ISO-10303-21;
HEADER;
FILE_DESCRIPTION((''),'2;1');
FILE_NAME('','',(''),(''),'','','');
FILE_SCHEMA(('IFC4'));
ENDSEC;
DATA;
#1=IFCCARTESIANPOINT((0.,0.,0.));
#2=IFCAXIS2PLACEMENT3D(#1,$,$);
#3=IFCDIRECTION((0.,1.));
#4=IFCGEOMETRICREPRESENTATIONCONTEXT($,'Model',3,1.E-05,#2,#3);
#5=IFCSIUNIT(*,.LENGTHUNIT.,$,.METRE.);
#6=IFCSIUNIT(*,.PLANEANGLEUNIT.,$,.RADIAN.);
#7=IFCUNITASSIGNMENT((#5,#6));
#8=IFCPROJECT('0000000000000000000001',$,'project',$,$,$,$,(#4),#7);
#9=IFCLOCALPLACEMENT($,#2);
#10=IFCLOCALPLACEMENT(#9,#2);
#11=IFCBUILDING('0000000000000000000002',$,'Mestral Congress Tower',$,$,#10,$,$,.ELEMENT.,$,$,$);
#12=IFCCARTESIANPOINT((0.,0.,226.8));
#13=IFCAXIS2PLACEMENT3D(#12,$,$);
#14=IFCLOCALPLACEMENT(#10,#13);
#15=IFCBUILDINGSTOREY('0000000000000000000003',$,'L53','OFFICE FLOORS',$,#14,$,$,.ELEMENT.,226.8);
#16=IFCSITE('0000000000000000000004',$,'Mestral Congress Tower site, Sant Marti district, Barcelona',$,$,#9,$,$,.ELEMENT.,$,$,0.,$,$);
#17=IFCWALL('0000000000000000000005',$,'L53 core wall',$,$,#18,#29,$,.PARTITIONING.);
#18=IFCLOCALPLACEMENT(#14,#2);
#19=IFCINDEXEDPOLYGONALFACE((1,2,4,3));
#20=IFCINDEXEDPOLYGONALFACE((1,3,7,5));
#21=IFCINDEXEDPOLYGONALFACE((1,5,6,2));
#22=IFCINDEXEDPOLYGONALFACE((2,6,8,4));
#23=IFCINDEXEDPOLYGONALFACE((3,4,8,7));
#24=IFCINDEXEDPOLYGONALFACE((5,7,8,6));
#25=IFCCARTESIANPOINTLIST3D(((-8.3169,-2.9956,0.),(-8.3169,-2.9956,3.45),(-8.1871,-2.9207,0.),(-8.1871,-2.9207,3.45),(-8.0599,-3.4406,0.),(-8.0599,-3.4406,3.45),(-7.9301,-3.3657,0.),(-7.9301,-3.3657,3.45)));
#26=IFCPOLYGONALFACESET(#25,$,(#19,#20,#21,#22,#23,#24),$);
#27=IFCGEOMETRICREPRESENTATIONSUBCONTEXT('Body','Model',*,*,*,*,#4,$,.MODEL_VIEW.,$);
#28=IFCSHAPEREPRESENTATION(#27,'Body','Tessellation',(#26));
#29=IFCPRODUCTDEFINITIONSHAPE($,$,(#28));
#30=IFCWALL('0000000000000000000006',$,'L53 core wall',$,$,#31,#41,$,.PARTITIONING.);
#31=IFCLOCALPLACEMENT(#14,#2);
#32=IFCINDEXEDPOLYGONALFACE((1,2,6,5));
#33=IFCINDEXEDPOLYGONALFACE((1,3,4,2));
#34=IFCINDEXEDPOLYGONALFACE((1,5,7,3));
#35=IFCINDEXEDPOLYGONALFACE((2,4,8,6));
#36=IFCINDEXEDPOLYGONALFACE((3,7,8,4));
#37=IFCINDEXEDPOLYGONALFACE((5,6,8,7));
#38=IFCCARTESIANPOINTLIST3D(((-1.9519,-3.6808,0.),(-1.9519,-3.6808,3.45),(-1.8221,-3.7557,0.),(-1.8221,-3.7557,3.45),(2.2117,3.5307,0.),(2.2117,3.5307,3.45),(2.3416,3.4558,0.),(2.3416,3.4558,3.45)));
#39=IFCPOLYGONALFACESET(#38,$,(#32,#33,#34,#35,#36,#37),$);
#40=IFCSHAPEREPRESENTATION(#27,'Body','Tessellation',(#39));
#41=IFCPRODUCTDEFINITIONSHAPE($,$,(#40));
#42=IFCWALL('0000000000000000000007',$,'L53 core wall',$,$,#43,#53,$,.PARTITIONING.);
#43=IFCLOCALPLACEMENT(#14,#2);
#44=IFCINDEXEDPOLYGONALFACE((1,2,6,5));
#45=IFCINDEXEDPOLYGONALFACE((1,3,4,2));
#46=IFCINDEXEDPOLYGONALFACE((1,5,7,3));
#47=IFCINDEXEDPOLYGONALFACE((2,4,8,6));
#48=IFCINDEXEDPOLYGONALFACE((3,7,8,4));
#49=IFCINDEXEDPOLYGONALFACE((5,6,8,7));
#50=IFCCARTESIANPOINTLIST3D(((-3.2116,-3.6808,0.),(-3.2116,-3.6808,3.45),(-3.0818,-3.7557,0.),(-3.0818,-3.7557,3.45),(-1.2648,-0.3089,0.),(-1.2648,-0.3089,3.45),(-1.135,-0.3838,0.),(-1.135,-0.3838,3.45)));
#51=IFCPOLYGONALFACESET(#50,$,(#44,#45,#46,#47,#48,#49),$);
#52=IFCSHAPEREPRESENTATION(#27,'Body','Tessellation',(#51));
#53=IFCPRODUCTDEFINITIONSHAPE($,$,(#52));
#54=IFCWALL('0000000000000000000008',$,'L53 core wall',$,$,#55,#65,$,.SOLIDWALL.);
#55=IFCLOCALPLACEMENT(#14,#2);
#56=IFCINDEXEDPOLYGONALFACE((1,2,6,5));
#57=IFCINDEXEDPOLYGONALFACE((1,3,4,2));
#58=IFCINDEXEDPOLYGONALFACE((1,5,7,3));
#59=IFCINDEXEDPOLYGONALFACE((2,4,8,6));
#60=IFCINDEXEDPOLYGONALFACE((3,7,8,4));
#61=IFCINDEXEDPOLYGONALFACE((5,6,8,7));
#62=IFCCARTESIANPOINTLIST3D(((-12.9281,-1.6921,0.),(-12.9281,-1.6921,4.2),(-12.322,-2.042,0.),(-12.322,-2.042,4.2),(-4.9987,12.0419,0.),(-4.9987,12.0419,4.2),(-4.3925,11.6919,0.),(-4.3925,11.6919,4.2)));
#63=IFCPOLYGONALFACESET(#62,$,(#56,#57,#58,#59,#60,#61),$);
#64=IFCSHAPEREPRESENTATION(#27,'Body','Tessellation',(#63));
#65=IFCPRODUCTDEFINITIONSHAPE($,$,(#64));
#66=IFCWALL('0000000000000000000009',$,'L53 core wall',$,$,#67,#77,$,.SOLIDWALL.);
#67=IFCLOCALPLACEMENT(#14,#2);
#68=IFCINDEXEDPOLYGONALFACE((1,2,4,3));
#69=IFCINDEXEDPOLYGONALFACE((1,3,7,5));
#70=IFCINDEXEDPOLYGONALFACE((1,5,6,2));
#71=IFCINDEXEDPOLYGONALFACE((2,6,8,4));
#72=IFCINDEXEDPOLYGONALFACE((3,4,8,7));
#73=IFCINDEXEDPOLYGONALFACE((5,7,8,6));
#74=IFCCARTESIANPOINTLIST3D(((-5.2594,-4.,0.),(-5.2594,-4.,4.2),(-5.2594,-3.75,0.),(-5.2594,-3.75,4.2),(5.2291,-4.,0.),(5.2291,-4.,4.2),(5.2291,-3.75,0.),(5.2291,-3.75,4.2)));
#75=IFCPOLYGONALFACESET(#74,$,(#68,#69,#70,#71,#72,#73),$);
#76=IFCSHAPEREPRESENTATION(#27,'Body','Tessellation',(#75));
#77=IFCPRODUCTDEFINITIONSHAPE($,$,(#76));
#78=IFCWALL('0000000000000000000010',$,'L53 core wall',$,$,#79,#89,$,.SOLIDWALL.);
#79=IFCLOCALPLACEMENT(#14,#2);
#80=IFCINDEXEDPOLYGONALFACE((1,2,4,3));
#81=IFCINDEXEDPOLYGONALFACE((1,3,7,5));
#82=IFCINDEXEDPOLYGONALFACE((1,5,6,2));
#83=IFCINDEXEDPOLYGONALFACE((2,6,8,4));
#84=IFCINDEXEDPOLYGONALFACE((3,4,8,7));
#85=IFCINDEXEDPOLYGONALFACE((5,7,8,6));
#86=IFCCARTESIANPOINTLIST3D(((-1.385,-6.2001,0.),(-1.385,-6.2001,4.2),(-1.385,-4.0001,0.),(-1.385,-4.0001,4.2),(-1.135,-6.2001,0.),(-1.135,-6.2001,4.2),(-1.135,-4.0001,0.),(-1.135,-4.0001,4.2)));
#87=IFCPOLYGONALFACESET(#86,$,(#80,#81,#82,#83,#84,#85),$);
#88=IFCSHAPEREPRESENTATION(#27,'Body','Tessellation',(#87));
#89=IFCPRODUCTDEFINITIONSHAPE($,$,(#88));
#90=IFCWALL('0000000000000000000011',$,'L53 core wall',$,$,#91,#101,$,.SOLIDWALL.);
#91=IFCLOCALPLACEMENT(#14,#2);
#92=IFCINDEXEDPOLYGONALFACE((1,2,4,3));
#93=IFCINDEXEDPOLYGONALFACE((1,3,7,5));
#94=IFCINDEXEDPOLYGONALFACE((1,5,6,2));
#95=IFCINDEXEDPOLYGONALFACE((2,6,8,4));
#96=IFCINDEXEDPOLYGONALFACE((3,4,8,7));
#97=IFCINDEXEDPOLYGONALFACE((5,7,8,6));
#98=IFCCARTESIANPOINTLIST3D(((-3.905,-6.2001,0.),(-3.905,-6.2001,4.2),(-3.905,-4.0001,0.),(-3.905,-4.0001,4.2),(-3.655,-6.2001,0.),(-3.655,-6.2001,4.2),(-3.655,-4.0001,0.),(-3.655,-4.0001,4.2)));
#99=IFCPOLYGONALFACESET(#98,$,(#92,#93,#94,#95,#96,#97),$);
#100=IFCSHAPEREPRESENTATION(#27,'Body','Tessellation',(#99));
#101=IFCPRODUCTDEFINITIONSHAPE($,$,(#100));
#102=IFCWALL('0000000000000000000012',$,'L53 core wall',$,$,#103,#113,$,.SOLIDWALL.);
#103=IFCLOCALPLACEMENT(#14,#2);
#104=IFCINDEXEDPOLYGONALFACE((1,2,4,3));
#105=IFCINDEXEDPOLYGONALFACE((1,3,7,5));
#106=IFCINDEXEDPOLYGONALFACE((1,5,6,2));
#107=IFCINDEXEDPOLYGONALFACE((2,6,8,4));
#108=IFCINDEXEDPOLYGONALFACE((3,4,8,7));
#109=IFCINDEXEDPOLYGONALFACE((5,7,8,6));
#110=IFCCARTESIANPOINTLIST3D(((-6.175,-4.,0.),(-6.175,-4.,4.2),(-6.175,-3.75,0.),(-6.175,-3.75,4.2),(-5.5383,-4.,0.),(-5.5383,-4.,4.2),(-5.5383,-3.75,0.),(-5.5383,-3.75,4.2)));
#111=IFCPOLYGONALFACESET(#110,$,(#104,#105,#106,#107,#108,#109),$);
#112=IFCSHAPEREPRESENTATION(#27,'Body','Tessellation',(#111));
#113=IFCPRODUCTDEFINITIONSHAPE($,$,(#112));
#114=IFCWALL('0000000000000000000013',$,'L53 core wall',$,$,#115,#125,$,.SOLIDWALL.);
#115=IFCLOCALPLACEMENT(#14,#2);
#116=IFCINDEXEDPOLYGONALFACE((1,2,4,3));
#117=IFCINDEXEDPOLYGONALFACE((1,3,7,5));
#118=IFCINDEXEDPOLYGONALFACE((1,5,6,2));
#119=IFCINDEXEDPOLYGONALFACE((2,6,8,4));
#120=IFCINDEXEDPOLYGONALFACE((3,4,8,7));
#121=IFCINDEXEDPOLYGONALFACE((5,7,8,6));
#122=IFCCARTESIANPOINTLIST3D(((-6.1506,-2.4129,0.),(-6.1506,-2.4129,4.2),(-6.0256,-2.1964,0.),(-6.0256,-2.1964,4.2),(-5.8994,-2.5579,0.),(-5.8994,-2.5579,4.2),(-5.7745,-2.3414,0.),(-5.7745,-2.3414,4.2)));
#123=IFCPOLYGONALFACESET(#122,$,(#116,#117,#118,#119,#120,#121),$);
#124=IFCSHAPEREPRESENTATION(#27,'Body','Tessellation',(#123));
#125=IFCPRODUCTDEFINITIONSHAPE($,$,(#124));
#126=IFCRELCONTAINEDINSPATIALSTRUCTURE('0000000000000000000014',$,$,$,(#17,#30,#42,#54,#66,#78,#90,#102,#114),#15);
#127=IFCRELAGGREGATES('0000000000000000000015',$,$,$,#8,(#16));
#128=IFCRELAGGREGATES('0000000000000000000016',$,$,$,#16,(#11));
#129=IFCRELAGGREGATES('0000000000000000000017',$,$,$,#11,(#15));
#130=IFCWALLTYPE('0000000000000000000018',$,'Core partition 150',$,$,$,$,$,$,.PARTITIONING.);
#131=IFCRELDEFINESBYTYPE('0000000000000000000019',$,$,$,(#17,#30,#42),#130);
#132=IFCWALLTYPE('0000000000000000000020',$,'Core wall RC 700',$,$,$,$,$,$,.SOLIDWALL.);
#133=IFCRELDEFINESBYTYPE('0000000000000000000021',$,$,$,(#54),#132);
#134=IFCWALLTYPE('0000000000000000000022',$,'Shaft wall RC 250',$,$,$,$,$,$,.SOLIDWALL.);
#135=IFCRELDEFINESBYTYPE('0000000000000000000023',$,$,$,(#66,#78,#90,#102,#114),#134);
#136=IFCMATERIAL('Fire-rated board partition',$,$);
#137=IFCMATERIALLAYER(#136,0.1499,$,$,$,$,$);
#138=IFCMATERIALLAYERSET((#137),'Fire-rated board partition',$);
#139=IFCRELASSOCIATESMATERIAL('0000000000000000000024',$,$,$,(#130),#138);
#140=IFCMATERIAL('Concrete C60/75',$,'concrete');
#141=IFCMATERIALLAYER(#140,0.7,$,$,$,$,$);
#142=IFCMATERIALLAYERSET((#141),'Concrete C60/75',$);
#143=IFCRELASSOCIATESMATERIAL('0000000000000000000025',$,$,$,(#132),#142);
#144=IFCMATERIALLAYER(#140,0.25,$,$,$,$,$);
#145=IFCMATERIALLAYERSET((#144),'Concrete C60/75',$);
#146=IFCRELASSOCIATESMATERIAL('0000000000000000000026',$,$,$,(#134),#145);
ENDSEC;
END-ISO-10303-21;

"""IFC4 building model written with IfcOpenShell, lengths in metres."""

from ifc_helpers import new_model, si_unit, direction, frame, frame_2d, origin, place, context, subcontext, project, spatial, rectangle, extrude, material, layer, layer_set, type_object, element, save


model = new_model("IFC4")

# Units and contexts
model_context = context("Model", 3, precision=1e-05, world=origin(), true_north=direction((0.0, 1.0)))
body_context = subcontext(model_context, "Body", "Model", "MODEL_VIEW")
ifc_project = project(units=[si_unit("LENGTHUNIT", "METRE"), si_unit("PLANEANGLEUNIT", "RADIAN")], contexts=[model_context])

# Site, building, storey
site_placement = place(None, origin())
site = spatial("IfcSite", under=ifc_project, at=site_placement, Name="Mestral Congress Tower site, Sant Marti district, Barcelona", CompositionType="ELEMENT", RefElevation=0.0)
building_placement = place(site_placement, origin())
building = spatial("IfcBuilding", under=site, at=building_placement, Name="Mestral Congress Tower", CompositionType="ELEMENT")
storey_placement = place(building_placement, frame((0.0, 0.0, 226.8)))
storey = spatial("IfcBuildingStorey", under=building, at=storey_placement, Name="L53", Description="OFFICE FLOORS", CompositionType="ELEMENT", Elevation=226.8)

# Walls
ifc_material_1 = material(Name="Fire-rated board partition")
ifc_layer_1 = layer(ifc_material_1, 0.1499)
ifc_layer_set_1 = layer_set([ifc_layer_1], Name="Fire-rated board partition")
wall_type_1 = type_object("IfcWallType", Name="Core partition 150", PredefinedType="PARTITIONING", material=ifc_layer_set_1)
wall_1_placement = place(storey_placement, frame((-8.252, -2.9583, 0.0), z_axis=(0.0, 0.0, 1.0), x_axis=(0.500175, -0.865925, 0.0)))
element("IfcWall", 1, at=wall_1_placement, inside=storey, type_object=wall_type_1, Name="L53 core wall", PredefinedType="PARTITIONING", context=body_context, shape_type="SweptSolid", body=[
    extrude(rectangle(XDim=0.5139, YDim=0.1499, at=frame_2d((0.2568, 0.0))), origin(), (0.0, 0.0, 1.0), 3.45),
])
wall_2_placement = place(storey_placement, frame((-1.887, -3.7183, 0.0), z_axis=(0.0, 0.0, 1.0), x_axis=(0.500005, 0.866023, 0.0)))
element("IfcWall", 2, at=wall_2_placement, inside=storey, type_object=wall_type_1, Name="L53 core wall", PredefinedType="PARTITIONING", context=body_context, shape_type="SweptSolid", body=[
    extrude(rectangle(XDim=8.3271, YDim=0.1499, at=frame_2d((4.1636, 0.0))), origin(), (0.0, 0.0, 1.0), 3.45),
])
wall_3_placement = place(storey_placement, frame((-3.1467, -3.7183, 0.0), z_axis=(0.0, 0.0, 1.0), x_axis=(0.50001, 0.86602, 0.0)))
element("IfcWall", 3, at=wall_3_placement, inside=storey, type_object=wall_type_1, Name="L53 core wall", PredefinedType="PARTITIONING", context=body_context, shape_type="SweptSolid", body=[
    extrude(rectangle(XDim=3.8936, YDim=0.1499, at=frame_2d((1.9468, 0.0))), origin(), (0.0, 0.0, 1.0), 3.45),
])
ifc_material_2 = material(Name="Concrete C60/75", Category="concrete")
ifc_layer_2 = layer(ifc_material_2, 0.7)
ifc_layer_set_2 = layer_set([ifc_layer_2], Name="Concrete C60/75")
wall_type_2 = type_object("IfcWallType", Name="Core wall RC 700", PredefinedType="SOLIDWALL", material=ifc_layer_set_2)
wall_4_placement = place(storey_placement, frame((-12.625, -1.8669, 0.0), z_axis=(0.0, 0.0, 1.0), x_axis=(0.500009, 0.86602, 0.0)))
element("IfcWall", 4, at=wall_4_placement, inside=storey, type_object=wall_type_2, Name="L53 core wall", PredefinedType="SOLIDWALL", context=body_context, shape_type="SweptSolid", body=[
    extrude(rectangle(XDim=15.8586, YDim=0.7, at=frame_2d((7.9292, 0.0))), origin(), (0.0, 0.0, 1.0), 4.2),
])
ifc_layer_3 = layer(ifc_material_2, 0.25)
ifc_layer_set_3 = layer_set([ifc_layer_3], Name="Concrete C60/75")
wall_type_3 = type_object("IfcWallType", Name="Shaft wall RC 250", PredefinedType="SOLIDWALL", material=ifc_layer_set_3)
wall_5_placement = place(storey_placement, frame((-5.2593, -3.875, 0.0), z_axis=(0.0, 0.0, 1.0), x_axis=(1.0, 0.0, 0.0)))
element("IfcWall", 5, at=wall_5_placement, inside=storey, type_object=wall_type_3, Name="L53 core wall", PredefinedType="SOLIDWALL", context=body_context, shape_type="SweptSolid", body=[
    extrude(rectangle(XDim=10.4885, YDim=0.25, at=frame_2d((5.2441, 0.0))), origin(), (0.0, 0.0, 1.0), 4.2),
])
for number, where, z_axis, x_axis, name in (
    (6, (-1.26, -4.0, 0.0), (0.0, 0.0, 1.0), (0.0, -1.0, 0.0), "L53 core wall"),
    (7, (-3.78, -4.0, 0.0), (0.0, 0.0, 1.0), (0.0, -1.0, 0.0), "L53 core wall"),
):
    element("IfcWall", number, at=place(storey_placement, frame(where, z_axis=z_axis, x_axis=x_axis)), inside=storey, type_object=wall_type_3, Name=name, PredefinedType="SOLIDWALL", context=body_context, shape_type="SweptSolid", body=[
        extrude(rectangle(XDim=2.2, YDim=0.25, at=frame_2d((1.1001, 0.0))), origin(), (0.0, 0.0, 1.0), 4.2),
    ])
wall_6_placement = place(storey_placement, frame((-6.175, -3.875, 0.0), z_axis=(0.0, 0.0, 1.0), x_axis=(1.0, 0.0, 0.0)))
element("IfcWall", 8, at=wall_6_placement, inside=storey, type_object=wall_type_3, Name="L53 core wall", PredefinedType="SOLIDWALL", context=body_context, shape_type="SweptSolid", body=[
    extrude(rectangle(XDim=0.6367, YDim=0.25, at=frame_2d((0.3184, 0.0))), origin(), (0.0, 0.0, 1.0), 4.2),
])
wall_7_placement = place(storey_placement, frame((-6.0881, -2.3047, 0.0), z_axis=(0.0, 0.0, 1.0), x_axis=(0.866059, -0.499941, 0.0)))
element("IfcWall", 9, at=wall_7_placement, inside=storey, type_object=wall_type_3, Name="L53 core wall", PredefinedType="SOLIDWALL", context=body_context, shape_type="SweptSolid", body=[
    extrude(rectangle(XDim=0.29, YDim=0.25, at=frame_2d((0.145, 0.0))), origin(), (0.0, 0.0, 1.0), 4.2),
])

save(model, "model.ifc")
